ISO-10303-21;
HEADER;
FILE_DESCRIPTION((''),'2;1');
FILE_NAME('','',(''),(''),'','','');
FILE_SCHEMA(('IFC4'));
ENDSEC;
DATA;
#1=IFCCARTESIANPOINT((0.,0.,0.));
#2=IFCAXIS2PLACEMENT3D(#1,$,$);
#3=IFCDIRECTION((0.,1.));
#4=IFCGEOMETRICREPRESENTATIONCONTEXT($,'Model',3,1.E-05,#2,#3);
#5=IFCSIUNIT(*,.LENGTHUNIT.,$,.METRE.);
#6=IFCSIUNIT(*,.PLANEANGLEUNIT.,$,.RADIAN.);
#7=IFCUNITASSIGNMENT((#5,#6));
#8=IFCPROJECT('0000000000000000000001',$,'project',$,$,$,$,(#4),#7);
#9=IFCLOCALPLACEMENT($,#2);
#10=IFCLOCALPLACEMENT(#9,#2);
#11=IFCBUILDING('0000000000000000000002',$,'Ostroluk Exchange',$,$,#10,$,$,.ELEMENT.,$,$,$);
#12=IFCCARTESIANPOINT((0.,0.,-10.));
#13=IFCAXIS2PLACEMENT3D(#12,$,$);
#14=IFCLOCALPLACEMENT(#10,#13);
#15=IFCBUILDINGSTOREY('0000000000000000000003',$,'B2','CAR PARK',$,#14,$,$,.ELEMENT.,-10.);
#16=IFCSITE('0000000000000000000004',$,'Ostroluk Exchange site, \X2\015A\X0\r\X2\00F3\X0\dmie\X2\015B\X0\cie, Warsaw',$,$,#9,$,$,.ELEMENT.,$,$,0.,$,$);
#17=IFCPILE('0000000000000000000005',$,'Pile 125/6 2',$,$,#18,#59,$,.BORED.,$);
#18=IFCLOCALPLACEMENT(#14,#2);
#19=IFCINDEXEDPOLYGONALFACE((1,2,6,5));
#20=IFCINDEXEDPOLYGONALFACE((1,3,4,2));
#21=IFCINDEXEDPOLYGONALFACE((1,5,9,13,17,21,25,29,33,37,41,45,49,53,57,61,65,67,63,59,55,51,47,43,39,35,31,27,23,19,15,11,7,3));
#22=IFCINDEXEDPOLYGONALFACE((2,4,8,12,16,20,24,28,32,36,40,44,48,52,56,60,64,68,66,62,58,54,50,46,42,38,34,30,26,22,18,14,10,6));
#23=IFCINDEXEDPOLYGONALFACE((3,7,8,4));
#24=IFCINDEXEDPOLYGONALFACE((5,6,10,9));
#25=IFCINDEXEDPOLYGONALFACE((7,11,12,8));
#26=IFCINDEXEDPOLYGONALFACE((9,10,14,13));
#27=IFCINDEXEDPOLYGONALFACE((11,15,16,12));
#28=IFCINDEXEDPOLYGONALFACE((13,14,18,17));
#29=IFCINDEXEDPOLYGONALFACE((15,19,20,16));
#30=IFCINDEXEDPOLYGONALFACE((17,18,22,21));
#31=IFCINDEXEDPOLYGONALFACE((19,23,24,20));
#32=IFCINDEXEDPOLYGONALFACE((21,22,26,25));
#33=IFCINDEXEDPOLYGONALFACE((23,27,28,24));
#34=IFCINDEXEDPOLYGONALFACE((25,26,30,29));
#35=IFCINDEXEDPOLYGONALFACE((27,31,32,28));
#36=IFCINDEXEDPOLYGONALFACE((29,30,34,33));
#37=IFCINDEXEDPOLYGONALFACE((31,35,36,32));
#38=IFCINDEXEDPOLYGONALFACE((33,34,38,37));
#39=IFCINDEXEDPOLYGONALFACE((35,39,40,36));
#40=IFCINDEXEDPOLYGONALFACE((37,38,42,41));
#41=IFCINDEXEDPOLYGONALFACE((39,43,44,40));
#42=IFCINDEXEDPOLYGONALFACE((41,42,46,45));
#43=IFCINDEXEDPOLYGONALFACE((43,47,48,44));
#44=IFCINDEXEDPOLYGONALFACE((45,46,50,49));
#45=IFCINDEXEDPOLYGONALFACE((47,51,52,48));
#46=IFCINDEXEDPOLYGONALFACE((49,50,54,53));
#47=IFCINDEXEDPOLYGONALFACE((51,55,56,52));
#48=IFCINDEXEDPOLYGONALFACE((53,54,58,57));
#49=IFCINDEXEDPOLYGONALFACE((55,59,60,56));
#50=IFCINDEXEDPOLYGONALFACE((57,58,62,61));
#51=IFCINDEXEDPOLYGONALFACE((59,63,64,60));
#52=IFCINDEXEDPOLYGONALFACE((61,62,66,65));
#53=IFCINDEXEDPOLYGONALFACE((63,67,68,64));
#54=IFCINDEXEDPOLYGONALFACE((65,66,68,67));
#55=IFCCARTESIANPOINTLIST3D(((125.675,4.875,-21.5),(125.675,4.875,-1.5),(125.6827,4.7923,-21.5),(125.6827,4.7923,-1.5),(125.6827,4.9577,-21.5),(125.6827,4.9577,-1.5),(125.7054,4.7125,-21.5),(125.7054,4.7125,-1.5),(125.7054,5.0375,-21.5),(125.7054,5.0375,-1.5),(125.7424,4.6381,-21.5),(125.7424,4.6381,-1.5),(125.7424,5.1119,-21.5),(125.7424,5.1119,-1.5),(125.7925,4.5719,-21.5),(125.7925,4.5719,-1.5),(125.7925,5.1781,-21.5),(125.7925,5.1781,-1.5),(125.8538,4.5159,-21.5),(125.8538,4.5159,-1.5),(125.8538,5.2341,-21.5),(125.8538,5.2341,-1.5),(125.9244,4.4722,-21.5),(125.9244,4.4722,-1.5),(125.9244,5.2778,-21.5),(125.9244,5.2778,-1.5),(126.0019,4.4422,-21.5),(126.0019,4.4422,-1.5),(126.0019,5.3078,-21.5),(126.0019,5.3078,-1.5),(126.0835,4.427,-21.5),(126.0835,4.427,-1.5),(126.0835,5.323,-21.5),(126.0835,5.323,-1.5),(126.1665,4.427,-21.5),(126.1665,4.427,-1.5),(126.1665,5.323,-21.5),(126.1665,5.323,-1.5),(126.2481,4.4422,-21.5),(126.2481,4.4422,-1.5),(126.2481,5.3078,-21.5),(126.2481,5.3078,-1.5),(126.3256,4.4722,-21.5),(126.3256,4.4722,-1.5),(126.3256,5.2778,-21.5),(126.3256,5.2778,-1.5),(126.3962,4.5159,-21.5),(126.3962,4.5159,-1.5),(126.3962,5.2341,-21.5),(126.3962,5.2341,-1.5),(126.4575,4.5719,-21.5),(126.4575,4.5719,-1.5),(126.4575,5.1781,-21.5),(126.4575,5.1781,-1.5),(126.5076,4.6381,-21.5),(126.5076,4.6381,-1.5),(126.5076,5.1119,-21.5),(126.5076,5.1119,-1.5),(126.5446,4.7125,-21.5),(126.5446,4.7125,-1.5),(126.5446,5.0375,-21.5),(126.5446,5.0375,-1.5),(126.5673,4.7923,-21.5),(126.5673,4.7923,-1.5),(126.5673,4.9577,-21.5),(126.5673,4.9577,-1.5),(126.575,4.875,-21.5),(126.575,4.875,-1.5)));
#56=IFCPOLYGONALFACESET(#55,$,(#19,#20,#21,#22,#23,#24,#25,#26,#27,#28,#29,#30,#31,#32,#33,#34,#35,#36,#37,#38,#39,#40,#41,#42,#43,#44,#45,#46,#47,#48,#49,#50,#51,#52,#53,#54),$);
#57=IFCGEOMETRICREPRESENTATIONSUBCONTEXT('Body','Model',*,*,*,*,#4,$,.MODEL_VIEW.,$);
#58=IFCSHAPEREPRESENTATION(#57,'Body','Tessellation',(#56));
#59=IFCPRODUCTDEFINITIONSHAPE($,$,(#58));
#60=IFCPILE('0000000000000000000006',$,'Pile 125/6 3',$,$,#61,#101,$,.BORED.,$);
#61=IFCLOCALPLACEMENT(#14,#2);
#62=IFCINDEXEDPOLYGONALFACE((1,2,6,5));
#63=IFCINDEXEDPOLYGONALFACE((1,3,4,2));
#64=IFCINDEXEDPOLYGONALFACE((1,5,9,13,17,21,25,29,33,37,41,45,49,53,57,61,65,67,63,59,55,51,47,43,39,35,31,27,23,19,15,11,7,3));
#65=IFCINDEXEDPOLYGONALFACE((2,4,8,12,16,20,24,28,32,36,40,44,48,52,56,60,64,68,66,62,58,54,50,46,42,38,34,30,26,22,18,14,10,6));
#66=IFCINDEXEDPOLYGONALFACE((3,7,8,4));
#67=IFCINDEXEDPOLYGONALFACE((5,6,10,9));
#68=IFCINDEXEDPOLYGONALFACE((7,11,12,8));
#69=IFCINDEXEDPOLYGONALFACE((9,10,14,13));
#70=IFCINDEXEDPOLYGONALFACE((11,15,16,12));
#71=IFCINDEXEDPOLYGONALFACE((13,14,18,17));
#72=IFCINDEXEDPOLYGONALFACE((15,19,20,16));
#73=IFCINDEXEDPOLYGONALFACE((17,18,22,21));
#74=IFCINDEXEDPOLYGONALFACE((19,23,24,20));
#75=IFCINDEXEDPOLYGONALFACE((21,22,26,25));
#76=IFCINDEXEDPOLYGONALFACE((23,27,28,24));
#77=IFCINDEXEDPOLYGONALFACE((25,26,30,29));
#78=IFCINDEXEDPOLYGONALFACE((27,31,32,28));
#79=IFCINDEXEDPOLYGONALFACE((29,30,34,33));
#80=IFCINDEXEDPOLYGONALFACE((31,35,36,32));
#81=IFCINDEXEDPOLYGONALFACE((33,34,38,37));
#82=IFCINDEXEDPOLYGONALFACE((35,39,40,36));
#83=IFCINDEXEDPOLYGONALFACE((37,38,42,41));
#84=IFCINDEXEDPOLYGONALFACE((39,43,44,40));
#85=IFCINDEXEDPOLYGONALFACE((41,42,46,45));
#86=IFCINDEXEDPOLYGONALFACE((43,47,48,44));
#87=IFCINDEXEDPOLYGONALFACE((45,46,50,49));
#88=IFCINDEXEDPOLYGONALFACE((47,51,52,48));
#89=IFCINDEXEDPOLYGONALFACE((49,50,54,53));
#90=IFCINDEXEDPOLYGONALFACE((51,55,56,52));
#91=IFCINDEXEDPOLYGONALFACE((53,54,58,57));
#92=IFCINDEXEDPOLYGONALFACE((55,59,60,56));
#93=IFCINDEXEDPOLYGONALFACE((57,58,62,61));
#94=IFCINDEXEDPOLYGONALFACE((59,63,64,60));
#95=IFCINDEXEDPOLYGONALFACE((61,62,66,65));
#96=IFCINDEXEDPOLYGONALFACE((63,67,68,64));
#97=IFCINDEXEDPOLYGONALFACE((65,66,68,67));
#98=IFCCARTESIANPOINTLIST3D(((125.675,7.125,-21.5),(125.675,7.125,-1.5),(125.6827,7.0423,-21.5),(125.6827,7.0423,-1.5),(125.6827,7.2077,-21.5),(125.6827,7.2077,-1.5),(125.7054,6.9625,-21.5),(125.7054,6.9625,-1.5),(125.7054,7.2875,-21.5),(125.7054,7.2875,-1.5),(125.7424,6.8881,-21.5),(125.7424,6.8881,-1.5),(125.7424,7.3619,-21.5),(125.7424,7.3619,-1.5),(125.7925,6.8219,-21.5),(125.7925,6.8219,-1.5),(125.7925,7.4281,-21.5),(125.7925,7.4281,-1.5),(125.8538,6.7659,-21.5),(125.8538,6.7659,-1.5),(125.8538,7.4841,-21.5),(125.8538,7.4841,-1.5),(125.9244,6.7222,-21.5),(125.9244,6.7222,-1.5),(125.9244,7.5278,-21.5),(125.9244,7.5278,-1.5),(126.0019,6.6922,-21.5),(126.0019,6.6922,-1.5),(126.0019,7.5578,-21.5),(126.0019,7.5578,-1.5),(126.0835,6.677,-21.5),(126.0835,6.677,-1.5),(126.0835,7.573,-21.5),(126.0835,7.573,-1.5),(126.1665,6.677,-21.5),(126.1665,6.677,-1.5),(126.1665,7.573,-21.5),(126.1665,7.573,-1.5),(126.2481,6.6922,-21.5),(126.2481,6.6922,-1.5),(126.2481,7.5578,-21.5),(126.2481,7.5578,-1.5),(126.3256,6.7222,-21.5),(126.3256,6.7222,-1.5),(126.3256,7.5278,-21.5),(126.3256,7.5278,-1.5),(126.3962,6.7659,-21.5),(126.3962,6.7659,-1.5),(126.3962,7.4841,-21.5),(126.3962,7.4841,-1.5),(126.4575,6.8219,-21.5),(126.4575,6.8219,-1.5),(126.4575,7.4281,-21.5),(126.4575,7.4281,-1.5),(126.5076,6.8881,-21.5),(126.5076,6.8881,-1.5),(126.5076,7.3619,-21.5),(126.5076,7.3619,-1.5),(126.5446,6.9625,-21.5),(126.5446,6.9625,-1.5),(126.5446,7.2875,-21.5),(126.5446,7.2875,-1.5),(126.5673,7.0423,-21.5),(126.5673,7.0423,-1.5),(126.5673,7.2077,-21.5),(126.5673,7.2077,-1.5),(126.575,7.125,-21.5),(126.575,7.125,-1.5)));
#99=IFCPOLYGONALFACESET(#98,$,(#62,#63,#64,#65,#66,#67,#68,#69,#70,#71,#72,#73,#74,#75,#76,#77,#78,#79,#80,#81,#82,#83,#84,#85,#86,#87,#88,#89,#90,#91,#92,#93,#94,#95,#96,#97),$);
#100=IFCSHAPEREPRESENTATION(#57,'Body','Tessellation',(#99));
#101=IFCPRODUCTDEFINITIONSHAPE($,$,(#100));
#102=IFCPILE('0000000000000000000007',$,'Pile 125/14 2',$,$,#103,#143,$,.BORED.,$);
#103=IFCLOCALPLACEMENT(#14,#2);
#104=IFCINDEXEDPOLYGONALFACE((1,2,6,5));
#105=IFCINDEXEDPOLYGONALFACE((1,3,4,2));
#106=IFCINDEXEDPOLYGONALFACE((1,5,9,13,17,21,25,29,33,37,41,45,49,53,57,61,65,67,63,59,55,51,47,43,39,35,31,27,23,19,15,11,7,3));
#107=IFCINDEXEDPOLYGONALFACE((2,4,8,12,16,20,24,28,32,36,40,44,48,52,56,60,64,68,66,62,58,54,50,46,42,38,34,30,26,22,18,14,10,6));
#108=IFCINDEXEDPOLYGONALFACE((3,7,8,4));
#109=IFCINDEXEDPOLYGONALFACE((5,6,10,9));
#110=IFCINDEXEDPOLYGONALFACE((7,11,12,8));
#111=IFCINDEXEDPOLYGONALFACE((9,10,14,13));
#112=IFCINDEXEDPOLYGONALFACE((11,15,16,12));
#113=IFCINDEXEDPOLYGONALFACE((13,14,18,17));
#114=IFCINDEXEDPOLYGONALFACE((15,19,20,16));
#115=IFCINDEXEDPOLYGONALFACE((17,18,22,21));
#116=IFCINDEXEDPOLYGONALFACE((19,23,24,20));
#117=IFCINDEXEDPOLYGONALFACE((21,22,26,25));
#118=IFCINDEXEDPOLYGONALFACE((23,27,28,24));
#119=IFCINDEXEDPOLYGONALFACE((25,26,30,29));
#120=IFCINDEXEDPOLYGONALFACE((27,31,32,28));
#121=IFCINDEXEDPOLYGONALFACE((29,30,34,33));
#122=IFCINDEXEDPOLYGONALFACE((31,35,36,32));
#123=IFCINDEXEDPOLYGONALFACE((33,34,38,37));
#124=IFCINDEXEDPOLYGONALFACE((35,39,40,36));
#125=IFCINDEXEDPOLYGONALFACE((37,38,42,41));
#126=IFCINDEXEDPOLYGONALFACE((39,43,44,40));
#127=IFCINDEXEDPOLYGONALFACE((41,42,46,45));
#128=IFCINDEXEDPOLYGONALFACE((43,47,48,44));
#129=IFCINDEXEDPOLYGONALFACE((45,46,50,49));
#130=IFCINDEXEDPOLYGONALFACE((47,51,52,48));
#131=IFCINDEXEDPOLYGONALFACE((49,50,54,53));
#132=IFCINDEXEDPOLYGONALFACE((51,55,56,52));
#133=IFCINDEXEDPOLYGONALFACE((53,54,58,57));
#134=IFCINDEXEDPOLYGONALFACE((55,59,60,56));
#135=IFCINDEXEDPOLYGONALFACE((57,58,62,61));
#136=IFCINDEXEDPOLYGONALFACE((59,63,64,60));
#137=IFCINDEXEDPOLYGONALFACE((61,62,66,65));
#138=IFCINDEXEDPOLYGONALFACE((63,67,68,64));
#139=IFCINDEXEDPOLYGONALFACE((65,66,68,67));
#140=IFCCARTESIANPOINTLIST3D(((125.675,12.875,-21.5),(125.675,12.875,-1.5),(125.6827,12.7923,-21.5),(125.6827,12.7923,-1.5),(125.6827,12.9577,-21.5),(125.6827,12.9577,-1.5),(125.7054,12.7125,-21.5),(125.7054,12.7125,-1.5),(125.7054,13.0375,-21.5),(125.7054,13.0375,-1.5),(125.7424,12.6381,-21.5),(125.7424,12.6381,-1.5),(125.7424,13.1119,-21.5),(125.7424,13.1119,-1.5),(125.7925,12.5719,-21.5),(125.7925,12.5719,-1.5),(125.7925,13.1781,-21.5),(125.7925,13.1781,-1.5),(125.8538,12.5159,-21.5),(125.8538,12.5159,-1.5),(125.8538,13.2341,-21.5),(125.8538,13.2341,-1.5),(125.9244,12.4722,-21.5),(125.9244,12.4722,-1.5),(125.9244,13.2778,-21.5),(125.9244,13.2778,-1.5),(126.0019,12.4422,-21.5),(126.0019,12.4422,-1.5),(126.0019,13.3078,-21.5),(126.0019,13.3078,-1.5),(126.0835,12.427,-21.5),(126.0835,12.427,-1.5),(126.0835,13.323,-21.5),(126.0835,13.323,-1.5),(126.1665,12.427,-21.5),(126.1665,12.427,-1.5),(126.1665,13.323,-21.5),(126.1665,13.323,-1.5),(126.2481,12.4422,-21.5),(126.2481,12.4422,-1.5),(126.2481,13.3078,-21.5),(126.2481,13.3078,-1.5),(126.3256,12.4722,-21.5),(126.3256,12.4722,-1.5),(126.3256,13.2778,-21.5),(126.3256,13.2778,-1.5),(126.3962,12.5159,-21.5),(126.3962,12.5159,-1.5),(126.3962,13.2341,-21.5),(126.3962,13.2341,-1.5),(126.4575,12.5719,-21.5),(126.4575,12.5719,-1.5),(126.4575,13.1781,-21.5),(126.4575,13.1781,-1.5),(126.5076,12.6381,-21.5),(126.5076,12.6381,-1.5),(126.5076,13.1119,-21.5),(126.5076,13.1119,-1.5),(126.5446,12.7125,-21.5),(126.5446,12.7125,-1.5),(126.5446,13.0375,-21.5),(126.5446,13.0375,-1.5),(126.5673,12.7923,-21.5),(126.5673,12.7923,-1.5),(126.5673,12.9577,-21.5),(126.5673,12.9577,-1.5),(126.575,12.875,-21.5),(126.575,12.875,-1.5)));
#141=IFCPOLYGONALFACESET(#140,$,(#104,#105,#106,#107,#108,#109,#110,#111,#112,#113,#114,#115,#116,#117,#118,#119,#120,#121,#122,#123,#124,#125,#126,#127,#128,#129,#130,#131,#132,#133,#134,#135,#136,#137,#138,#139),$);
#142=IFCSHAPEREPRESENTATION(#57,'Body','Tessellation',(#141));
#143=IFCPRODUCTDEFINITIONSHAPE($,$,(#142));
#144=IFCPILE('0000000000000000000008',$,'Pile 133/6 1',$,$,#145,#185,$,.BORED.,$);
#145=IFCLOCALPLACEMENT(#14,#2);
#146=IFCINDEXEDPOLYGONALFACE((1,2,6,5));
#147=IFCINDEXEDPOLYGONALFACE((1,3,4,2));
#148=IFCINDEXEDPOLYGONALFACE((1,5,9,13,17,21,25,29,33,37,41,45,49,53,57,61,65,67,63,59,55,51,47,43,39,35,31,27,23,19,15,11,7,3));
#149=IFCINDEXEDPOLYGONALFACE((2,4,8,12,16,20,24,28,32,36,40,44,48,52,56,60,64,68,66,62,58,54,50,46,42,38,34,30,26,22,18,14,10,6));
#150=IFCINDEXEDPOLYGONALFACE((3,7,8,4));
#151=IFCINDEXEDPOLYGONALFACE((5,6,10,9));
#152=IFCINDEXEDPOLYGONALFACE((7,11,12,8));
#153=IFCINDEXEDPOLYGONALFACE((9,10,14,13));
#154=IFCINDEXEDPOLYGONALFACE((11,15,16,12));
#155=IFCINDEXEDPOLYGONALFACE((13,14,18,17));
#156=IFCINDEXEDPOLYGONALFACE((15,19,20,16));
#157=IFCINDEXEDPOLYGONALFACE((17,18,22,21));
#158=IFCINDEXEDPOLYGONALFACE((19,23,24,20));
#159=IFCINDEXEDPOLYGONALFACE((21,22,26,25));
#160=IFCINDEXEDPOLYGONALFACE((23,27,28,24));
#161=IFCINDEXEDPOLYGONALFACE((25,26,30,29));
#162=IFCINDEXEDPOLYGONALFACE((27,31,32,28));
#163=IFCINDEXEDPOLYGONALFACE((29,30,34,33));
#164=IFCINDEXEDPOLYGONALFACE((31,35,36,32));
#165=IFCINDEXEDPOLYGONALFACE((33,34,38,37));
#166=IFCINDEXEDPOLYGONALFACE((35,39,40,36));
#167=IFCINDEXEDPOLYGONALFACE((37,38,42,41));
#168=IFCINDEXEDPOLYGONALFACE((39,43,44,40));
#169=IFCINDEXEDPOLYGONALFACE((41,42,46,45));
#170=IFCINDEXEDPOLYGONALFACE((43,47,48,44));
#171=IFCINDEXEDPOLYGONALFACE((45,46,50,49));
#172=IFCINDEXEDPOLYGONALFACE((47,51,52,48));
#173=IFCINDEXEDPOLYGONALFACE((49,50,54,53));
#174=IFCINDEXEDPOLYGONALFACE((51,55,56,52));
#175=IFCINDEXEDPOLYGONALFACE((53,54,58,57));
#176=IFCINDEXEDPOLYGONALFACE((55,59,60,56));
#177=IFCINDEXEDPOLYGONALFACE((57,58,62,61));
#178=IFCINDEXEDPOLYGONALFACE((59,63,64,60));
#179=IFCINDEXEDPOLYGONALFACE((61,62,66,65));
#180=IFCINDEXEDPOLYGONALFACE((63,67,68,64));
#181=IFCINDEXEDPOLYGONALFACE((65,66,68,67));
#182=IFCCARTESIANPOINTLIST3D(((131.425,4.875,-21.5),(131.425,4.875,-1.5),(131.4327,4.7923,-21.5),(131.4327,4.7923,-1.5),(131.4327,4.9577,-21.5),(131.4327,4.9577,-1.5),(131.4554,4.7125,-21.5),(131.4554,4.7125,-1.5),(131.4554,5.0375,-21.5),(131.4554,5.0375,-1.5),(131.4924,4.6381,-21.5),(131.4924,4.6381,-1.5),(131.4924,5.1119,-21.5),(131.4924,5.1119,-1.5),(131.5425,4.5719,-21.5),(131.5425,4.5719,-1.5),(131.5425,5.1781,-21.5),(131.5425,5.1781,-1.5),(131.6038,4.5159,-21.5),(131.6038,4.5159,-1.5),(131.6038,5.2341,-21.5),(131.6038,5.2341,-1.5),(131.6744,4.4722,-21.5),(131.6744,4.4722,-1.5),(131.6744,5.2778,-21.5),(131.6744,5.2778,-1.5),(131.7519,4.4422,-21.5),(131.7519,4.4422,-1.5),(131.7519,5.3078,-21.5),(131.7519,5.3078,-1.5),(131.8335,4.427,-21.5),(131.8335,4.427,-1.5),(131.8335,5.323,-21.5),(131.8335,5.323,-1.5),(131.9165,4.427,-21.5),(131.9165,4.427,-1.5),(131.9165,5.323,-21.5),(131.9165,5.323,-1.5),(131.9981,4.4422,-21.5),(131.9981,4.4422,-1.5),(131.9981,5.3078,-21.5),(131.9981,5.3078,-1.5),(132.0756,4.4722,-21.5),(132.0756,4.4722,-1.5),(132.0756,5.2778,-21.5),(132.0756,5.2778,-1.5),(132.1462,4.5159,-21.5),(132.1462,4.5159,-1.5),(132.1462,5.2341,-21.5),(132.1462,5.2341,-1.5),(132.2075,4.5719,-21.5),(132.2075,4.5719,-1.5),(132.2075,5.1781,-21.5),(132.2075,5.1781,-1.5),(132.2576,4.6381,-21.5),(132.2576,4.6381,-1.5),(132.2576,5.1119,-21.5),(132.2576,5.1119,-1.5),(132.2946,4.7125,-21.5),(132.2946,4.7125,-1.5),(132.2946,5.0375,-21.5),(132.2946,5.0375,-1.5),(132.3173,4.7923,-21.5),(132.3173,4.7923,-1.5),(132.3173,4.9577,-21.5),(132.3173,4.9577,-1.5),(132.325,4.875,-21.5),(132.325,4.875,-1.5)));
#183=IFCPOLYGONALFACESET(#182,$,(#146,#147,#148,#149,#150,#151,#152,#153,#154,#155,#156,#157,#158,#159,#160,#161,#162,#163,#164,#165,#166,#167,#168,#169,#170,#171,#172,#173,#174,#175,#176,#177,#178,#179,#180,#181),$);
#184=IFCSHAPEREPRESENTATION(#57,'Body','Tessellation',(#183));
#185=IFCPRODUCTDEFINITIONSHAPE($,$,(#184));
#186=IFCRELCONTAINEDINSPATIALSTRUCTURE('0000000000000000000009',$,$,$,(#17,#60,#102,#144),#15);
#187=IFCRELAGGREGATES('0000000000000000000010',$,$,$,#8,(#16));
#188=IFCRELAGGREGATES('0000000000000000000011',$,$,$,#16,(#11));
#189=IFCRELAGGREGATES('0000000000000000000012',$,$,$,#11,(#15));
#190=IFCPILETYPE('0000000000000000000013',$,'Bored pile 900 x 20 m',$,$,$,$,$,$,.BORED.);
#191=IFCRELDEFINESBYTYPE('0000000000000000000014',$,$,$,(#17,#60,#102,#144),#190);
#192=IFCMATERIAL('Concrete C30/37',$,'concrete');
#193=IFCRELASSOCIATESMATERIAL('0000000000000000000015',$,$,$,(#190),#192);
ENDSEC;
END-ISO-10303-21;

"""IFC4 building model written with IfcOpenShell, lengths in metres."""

from ifc_helpers import new_model, si_unit, direction, frame, origin, origin_2d, place, context, subcontext, project, spatial, circle, extrude, material, type_object, element, save


model = new_model("IFC4")

# Units and contexts
model_context = context("Model", 3, precision=1e-05, world=origin(), true_north=direction((0.0, 1.0)))
body_context = subcontext(model_context, "Body", "Model", "MODEL_VIEW")
ifc_project = project(units=[si_unit("LENGTHUNIT", "METRE"), si_unit("PLANEANGLEUNIT", "RADIAN")], contexts=[model_context])

# Site, building, storey
site_placement = place(None, origin())
site = spatial("IfcSite", under=ifc_project, at=site_placement, Name="Ostroluk Exchange site, Śródmieście, Warsaw", CompositionType="ELEMENT", RefElevation=0.0)
building_placement = place(site_placement, origin())
building = spatial("IfcBuilding", under=site, at=building_placement, Name="Ostroluk Exchange", CompositionType="ELEMENT")
storey_placement = place(building_placement, frame((0.0, 0.0, -10.0)))
storey = spatial("IfcBuildingStorey", under=building, at=storey_placement, Name="B2", Description="CAR PARK", CompositionType="ELEMENT", Elevation=-10.0)

# Piles
ifc_material_1 = material(Name="Concrete C30/37", Category="concrete")
pile_type = type_object("IfcPileType", Name="Bored pile 900 x 20 m", PredefinedType="BORED", material=ifc_material_1)
for number, where, z_axis, x_axis, name in (
    (1, (126.125, 4.875, -1.5), (0.0, 0.0, -1.0), (1.0, 0.0, 0.0), "Pile 125/6 2"),
    (2, (126.125, 7.125, -1.5), (0.0, 0.0, -1.0), (1.0, 0.0, 0.0), "Pile 125/6 3"),
    (3, (126.125, 12.875, -1.5), (0.0, 0.0, -1.0), (1.0, 0.0, 0.0), "Pile 125/14 2"),
    (4, (131.875, 4.875, -1.5), (0.0, 0.0, -1.0), (1.0, 0.0, 0.0), "Pile 133/6 1"),
):
    element("IfcPile", number, at=place(storey_placement, frame(where, z_axis=z_axis, x_axis=x_axis)), inside=storey, type_object=pile_type, Name=name, PredefinedType="BORED", context=body_context, shape_type="SweptSolid", body=[
        extrude(circle(Radius=0.45, at=origin_2d()), origin(), (0.0, 0.0, 1.0), 20.0),
    ])

save(model, "model.ifc")
